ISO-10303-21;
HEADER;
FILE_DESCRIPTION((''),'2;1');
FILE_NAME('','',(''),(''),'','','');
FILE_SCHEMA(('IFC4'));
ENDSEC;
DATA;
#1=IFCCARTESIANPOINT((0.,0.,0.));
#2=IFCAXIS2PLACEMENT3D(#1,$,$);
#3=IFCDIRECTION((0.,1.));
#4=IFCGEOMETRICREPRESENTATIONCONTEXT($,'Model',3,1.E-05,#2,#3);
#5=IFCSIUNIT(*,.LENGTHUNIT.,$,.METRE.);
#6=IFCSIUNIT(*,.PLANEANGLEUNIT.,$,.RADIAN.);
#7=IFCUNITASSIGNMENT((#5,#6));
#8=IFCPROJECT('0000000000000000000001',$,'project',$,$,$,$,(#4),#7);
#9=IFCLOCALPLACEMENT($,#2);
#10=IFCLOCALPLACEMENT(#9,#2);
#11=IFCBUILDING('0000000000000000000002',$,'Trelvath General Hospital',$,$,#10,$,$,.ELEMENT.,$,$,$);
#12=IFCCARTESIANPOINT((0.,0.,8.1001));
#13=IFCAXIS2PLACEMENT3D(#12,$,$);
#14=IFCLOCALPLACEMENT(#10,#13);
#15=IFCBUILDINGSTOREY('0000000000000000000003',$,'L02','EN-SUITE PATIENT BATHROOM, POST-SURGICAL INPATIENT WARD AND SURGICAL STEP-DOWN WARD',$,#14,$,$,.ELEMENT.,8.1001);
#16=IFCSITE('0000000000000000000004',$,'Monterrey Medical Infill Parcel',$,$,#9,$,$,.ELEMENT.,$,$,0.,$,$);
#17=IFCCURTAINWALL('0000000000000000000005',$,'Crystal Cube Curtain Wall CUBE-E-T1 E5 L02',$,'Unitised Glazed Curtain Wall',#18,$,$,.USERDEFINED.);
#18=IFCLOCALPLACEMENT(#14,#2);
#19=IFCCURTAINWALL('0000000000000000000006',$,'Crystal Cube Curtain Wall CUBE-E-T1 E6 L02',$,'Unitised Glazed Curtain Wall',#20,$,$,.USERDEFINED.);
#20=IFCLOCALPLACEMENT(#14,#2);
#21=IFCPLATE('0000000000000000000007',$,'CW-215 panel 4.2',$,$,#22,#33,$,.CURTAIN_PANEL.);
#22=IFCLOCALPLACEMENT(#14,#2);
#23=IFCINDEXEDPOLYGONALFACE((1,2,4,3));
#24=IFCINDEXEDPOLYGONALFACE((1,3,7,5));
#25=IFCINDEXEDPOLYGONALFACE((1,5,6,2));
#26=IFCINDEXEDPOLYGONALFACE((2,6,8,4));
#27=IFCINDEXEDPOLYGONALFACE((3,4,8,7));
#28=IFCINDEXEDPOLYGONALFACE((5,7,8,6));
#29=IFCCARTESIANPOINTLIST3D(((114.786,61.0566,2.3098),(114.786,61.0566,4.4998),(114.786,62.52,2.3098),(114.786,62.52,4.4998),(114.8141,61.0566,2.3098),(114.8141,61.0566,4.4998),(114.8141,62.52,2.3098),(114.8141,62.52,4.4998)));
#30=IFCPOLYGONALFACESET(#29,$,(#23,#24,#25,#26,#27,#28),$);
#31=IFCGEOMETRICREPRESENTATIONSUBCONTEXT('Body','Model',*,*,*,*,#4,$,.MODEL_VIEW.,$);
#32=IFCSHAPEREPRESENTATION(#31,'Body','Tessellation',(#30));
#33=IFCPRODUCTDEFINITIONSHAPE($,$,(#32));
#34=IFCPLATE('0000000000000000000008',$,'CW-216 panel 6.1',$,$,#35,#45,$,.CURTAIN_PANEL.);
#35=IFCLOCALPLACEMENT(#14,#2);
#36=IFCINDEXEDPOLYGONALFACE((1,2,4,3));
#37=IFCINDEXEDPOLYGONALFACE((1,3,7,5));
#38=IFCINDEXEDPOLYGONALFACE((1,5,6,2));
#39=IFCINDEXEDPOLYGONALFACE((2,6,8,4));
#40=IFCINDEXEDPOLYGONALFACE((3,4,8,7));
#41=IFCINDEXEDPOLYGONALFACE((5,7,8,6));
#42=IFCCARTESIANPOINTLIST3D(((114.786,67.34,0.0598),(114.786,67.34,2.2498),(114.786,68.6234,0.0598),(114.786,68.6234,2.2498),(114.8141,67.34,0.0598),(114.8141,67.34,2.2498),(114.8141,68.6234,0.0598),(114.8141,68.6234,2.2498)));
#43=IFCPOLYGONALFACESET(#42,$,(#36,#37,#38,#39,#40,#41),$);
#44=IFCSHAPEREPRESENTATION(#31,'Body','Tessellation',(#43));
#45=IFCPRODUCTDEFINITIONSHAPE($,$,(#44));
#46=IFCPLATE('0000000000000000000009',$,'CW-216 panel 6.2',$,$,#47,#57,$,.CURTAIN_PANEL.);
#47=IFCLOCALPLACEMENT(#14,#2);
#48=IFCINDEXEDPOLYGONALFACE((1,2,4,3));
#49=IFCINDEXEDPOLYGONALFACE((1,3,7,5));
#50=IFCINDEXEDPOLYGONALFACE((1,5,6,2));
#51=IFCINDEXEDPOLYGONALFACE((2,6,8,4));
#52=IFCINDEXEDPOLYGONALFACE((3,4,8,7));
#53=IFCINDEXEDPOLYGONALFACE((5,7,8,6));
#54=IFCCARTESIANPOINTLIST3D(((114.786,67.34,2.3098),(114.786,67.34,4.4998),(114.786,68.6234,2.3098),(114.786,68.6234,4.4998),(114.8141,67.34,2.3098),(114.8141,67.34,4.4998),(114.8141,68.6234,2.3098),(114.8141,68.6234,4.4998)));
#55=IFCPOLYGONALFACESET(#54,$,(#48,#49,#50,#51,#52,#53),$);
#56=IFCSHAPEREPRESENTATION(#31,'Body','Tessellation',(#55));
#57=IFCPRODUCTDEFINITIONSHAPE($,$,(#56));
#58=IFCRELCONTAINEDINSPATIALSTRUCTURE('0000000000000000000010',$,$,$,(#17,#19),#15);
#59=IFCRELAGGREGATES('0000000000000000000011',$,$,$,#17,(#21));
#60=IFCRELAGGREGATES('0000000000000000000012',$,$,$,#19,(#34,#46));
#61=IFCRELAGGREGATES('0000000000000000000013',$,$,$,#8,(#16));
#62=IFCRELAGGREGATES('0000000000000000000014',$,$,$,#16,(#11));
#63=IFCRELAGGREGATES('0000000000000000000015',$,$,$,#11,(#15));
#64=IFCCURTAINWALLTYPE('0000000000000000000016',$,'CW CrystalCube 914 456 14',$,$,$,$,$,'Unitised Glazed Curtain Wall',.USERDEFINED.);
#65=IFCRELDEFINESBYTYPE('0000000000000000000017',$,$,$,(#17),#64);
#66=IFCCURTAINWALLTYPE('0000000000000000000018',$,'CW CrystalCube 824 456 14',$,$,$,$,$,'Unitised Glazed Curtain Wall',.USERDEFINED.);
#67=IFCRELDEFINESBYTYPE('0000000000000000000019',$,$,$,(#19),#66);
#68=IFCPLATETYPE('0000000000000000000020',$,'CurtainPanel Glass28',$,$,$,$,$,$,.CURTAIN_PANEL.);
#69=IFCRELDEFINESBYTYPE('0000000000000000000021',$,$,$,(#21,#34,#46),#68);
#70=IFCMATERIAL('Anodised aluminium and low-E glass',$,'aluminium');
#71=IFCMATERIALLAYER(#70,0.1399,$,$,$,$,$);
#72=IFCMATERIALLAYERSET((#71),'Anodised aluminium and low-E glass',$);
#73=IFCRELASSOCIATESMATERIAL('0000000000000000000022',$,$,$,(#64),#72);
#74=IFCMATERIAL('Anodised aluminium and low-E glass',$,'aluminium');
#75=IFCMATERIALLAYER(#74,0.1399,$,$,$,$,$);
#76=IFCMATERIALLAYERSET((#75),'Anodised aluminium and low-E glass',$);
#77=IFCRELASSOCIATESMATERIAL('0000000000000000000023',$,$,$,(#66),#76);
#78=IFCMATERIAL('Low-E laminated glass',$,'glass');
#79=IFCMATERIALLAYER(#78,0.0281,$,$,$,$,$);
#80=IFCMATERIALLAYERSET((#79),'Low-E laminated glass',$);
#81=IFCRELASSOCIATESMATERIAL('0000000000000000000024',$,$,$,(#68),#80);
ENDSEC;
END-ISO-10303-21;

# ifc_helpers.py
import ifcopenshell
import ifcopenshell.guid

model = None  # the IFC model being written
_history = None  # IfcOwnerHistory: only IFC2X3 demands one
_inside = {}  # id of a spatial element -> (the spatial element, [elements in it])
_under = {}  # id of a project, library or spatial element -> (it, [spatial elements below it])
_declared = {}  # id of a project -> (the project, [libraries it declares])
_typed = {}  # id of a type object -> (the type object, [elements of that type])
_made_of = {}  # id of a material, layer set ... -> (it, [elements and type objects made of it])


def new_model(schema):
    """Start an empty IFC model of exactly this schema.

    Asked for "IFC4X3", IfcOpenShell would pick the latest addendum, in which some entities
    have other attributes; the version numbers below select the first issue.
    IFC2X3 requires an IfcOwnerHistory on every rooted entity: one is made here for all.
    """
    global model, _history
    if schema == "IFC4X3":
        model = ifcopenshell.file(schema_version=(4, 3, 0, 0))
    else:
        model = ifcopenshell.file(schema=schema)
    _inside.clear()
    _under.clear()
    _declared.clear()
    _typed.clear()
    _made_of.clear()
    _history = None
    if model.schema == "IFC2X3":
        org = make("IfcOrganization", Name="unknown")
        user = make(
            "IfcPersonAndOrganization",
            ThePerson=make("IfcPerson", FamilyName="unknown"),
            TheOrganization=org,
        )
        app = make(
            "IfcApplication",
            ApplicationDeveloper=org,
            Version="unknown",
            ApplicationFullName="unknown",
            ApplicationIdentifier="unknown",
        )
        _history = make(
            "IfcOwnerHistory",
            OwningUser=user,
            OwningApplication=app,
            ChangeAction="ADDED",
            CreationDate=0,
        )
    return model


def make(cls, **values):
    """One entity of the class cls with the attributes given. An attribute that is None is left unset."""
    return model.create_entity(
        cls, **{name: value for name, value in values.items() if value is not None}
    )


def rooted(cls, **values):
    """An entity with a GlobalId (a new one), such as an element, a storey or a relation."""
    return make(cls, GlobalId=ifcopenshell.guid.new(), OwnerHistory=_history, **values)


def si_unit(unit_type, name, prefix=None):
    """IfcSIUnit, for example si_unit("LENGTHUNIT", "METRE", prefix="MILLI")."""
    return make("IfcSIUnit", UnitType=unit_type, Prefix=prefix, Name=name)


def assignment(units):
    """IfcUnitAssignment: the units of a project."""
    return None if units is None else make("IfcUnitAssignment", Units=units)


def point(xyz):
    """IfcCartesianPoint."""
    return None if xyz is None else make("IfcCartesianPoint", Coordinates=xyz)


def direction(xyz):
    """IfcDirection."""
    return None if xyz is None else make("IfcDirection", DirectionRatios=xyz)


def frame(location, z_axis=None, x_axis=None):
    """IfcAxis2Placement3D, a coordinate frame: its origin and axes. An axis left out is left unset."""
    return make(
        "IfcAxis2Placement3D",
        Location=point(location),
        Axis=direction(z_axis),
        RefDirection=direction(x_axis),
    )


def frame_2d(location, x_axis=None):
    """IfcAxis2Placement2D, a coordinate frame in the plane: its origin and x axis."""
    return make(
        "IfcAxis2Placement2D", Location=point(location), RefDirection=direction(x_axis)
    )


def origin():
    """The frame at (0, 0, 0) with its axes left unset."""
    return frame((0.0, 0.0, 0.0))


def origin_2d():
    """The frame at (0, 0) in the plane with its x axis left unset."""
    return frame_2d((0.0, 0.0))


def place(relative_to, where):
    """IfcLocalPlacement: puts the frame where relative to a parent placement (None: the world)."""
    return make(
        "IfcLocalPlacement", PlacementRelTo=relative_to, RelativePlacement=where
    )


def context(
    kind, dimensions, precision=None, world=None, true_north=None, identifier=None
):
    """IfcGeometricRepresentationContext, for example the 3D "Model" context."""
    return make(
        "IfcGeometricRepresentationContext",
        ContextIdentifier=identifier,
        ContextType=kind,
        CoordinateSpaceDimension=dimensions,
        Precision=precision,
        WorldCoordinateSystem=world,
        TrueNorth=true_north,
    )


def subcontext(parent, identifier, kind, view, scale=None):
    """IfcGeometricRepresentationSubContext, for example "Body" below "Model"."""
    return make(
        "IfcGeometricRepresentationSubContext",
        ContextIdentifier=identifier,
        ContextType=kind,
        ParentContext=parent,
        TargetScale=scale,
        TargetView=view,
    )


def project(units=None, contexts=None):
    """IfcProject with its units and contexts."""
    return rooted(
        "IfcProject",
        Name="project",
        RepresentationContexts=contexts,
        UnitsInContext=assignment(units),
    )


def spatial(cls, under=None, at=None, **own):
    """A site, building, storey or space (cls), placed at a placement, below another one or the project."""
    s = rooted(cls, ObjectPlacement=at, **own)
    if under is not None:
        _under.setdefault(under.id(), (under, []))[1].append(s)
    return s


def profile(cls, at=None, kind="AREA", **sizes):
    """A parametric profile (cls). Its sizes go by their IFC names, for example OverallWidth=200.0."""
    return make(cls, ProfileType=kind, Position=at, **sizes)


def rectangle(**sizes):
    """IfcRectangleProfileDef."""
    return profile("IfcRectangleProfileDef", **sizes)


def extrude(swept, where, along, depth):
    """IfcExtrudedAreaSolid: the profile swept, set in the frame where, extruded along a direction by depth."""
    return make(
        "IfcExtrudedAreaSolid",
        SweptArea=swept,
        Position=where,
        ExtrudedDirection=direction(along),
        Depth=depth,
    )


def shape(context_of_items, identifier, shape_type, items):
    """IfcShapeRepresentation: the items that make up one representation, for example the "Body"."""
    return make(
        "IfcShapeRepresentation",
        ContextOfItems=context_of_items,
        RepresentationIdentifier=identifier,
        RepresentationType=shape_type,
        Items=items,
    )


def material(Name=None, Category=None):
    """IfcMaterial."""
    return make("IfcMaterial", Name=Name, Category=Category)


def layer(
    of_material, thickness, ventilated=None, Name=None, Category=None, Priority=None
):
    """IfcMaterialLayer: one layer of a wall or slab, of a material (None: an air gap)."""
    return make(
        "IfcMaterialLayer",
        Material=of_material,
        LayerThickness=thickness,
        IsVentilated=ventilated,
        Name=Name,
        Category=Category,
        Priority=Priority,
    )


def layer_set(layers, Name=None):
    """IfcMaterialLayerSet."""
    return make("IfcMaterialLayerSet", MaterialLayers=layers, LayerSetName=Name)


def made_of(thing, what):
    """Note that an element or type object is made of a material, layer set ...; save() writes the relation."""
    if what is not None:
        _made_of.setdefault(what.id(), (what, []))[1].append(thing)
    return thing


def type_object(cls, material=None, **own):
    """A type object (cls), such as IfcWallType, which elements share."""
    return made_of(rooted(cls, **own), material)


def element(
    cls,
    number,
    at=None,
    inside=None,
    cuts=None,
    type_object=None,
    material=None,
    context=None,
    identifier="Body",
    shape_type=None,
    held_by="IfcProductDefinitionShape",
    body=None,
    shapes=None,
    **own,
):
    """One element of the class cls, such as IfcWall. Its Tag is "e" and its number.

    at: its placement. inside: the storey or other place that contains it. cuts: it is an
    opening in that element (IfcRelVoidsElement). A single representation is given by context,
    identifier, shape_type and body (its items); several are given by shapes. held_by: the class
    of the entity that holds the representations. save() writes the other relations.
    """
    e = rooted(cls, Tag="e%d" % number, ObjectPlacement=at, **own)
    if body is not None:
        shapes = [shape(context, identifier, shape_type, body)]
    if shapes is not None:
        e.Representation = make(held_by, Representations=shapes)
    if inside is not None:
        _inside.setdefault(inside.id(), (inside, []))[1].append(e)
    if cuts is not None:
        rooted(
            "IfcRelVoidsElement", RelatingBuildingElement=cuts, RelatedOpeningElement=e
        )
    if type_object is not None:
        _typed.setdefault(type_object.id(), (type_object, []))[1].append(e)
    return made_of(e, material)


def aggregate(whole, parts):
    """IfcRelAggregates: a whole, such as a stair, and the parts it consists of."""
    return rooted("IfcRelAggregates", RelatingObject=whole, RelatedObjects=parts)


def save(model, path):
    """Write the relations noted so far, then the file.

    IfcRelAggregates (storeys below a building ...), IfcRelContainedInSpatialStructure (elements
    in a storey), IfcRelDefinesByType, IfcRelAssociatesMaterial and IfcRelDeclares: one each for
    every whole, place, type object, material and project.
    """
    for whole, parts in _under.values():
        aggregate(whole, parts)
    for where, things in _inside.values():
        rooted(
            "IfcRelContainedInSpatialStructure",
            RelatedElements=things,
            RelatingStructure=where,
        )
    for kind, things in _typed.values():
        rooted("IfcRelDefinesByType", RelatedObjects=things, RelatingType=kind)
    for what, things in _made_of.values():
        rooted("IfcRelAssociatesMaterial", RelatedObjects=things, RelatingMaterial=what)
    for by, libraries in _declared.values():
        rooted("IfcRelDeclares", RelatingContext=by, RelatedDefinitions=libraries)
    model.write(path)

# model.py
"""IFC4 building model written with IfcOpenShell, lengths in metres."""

from ifc_helpers import new_model, si_unit, direction, frame, origin, origin_2d, place, context, subcontext, project, spatial, rectangle, extrude, material, layer, layer_set, type_object, element, aggregate, save


model = new_model("IFC4")

# Units and contexts
model_context = context("Model", 3, precision=1e-05, world=origin(), true_north=direction((0.0, 1.0)))
body_context = subcontext(model_context, "Body", "Model", "MODEL_VIEW")
ifc_project = project(units=[si_unit("LENGTHUNIT", "METRE"), si_unit("PLANEANGLEUNIT", "RADIAN")], contexts=[model_context])

# Site, building, storey
site_placement = place(None, origin())
site = spatial("IfcSite", under=ifc_project, at=site_placement, Name="Monterrey Medical Infill Parcel", CompositionType="ELEMENT", RefElevation=0.0)
building_placement = place(site_placement, origin())
building = spatial("IfcBuilding", under=site, at=building_placement, Name="Trelvath General Hospital", CompositionType="ELEMENT")
storey_placement = place(building_placement, frame((0.0, 0.0, 8.1001)))
storey = spatial("IfcBuildingStorey", under=building, at=storey_placement, Name="L02", Description="EN-SUITE PATIENT BATHROOM, POST-SURGICAL INPATIENT WARD AND SURGICAL STEP-DOWN WARD", CompositionType="ELEMENT", Elevation=8.1001)

# Curtain wall
ifc_material_1 = material(Name="Anodised aluminium and low-E glass", Category="aluminium")
ifc_layer_1 = layer(ifc_material_1, 0.1399)
ifc_layer_set_1 = layer_set([ifc_layer_1], Name="Anodised aluminium and low-E glass")
curtain_wall_type_1 = type_object("IfcCurtainWallType", Name="CW CrystalCube 914 456 14", ElementType="Unitised Glazed Curtain Wall", PredefinedType="USERDEFINED", material=ifc_layer_set_1)
curtain_wall_1_placement = place(storey_placement, origin())
curtain_wall_1 = element("IfcCurtainWall", 1, at=curtain_wall_1_placement, inside=storey, type_object=curtain_wall_type_1, Name="Crystal Cube Curtain Wall CUBE-E-T1 E5 L02", ObjectType="Unitised Glazed Curtain Wall", PredefinedType="USERDEFINED")

# Curtain wall
ifc_material_2 = material(Name="Anodised aluminium and low-E glass", Category="aluminium")
ifc_layer_2 = layer(ifc_material_2, 0.1399)
ifc_layer_set_2 = layer_set([ifc_layer_2], Name="Anodised aluminium and low-E glass")
curtain_wall_type_2 = type_object("IfcCurtainWallType", Name="CW CrystalCube 824 456 14", ElementType="Unitised Glazed Curtain Wall", PredefinedType="USERDEFINED", material=ifc_layer_set_2)
curtain_wall_2_placement = place(storey_placement, origin())
curtain_wall_2 = element("IfcCurtainWall", 2, at=curtain_wall_2_placement, inside=storey, type_object=curtain_wall_type_2, Name="Crystal Cube Curtain Wall CUBE-E-T1 E6 L02", ObjectType="Unitised Glazed Curtain Wall", PredefinedType="USERDEFINED")

# Plates
ifc_material_3 = material(Name="Low-E laminated glass", Category="glass")
ifc_layer_3 = layer(ifc_material_3, 0.0281)
ifc_layer_set_3 = layer_set([ifc_layer_3], Name="Low-E laminated glass")
plate_type = type_object("IfcPlateType", Name="CurtainPanel Glass28", PredefinedType="CURTAIN_PANEL", material=ifc_layer_set_3)
plate_1_placement = place(storey_placement, frame((114.8, 61.7883, 2.3098), z_axis=(0.0, 0.0, 1.0), x_axis=(0.0, -1.0, 0.0)))
plate_1 = element("IfcPlate", 3, at=plate_1_placement, type_object=plate_type, Name="CW-215 panel 4.2", PredefinedType="CURTAIN_PANEL", context=body_context, shape_type="SweptSolid", body=[
    extrude(rectangle(XDim=1.4634, YDim=0.0281, at=origin_2d()), origin(), (0.0, 0.0, 1.0), 2.1899),
])
aggregate(curtain_wall_1, [plate_1])
plate_2_placement = place(storey_placement, frame((114.8, 67.9817, 0.0598), z_axis=(0.0, 0.0, 1.0), x_axis=(0.0, -1.0, 0.0)))
plate_2 = element("IfcPlate", 4, at=plate_2_placement, type_object=plate_type, Name="CW-216 panel 6.1", PredefinedType="CURTAIN_PANEL", context=body_context, shape_type="SweptSolid", body=[
    extrude(rectangle(XDim=1.2834, YDim=0.0281, at=origin_2d()), origin(), (0.0, 0.0, 1.0), 2.1899),
])
plate_3_placement = place(storey_placement, frame((114.8, 67.9817, 2.3098), z_axis=(0.0, 0.0, 1.0), x_axis=(0.0, -1.0, 0.0)))
plate_3 = element("IfcPlate", 5, at=plate_3_placement, type_object=plate_type, Name="CW-216 panel 6.2", PredefinedType="CURTAIN_PANEL", context=body_context, shape_type="SweptSolid", body=[
    extrude(rectangle(XDim=1.2834, YDim=0.0281, at=origin_2d()), origin(), (0.0, 0.0, 1.0), 2.1899),
])
aggregate(curtain_wall_2, [plate_2, plate_3])

save(model, "model.ifc")
